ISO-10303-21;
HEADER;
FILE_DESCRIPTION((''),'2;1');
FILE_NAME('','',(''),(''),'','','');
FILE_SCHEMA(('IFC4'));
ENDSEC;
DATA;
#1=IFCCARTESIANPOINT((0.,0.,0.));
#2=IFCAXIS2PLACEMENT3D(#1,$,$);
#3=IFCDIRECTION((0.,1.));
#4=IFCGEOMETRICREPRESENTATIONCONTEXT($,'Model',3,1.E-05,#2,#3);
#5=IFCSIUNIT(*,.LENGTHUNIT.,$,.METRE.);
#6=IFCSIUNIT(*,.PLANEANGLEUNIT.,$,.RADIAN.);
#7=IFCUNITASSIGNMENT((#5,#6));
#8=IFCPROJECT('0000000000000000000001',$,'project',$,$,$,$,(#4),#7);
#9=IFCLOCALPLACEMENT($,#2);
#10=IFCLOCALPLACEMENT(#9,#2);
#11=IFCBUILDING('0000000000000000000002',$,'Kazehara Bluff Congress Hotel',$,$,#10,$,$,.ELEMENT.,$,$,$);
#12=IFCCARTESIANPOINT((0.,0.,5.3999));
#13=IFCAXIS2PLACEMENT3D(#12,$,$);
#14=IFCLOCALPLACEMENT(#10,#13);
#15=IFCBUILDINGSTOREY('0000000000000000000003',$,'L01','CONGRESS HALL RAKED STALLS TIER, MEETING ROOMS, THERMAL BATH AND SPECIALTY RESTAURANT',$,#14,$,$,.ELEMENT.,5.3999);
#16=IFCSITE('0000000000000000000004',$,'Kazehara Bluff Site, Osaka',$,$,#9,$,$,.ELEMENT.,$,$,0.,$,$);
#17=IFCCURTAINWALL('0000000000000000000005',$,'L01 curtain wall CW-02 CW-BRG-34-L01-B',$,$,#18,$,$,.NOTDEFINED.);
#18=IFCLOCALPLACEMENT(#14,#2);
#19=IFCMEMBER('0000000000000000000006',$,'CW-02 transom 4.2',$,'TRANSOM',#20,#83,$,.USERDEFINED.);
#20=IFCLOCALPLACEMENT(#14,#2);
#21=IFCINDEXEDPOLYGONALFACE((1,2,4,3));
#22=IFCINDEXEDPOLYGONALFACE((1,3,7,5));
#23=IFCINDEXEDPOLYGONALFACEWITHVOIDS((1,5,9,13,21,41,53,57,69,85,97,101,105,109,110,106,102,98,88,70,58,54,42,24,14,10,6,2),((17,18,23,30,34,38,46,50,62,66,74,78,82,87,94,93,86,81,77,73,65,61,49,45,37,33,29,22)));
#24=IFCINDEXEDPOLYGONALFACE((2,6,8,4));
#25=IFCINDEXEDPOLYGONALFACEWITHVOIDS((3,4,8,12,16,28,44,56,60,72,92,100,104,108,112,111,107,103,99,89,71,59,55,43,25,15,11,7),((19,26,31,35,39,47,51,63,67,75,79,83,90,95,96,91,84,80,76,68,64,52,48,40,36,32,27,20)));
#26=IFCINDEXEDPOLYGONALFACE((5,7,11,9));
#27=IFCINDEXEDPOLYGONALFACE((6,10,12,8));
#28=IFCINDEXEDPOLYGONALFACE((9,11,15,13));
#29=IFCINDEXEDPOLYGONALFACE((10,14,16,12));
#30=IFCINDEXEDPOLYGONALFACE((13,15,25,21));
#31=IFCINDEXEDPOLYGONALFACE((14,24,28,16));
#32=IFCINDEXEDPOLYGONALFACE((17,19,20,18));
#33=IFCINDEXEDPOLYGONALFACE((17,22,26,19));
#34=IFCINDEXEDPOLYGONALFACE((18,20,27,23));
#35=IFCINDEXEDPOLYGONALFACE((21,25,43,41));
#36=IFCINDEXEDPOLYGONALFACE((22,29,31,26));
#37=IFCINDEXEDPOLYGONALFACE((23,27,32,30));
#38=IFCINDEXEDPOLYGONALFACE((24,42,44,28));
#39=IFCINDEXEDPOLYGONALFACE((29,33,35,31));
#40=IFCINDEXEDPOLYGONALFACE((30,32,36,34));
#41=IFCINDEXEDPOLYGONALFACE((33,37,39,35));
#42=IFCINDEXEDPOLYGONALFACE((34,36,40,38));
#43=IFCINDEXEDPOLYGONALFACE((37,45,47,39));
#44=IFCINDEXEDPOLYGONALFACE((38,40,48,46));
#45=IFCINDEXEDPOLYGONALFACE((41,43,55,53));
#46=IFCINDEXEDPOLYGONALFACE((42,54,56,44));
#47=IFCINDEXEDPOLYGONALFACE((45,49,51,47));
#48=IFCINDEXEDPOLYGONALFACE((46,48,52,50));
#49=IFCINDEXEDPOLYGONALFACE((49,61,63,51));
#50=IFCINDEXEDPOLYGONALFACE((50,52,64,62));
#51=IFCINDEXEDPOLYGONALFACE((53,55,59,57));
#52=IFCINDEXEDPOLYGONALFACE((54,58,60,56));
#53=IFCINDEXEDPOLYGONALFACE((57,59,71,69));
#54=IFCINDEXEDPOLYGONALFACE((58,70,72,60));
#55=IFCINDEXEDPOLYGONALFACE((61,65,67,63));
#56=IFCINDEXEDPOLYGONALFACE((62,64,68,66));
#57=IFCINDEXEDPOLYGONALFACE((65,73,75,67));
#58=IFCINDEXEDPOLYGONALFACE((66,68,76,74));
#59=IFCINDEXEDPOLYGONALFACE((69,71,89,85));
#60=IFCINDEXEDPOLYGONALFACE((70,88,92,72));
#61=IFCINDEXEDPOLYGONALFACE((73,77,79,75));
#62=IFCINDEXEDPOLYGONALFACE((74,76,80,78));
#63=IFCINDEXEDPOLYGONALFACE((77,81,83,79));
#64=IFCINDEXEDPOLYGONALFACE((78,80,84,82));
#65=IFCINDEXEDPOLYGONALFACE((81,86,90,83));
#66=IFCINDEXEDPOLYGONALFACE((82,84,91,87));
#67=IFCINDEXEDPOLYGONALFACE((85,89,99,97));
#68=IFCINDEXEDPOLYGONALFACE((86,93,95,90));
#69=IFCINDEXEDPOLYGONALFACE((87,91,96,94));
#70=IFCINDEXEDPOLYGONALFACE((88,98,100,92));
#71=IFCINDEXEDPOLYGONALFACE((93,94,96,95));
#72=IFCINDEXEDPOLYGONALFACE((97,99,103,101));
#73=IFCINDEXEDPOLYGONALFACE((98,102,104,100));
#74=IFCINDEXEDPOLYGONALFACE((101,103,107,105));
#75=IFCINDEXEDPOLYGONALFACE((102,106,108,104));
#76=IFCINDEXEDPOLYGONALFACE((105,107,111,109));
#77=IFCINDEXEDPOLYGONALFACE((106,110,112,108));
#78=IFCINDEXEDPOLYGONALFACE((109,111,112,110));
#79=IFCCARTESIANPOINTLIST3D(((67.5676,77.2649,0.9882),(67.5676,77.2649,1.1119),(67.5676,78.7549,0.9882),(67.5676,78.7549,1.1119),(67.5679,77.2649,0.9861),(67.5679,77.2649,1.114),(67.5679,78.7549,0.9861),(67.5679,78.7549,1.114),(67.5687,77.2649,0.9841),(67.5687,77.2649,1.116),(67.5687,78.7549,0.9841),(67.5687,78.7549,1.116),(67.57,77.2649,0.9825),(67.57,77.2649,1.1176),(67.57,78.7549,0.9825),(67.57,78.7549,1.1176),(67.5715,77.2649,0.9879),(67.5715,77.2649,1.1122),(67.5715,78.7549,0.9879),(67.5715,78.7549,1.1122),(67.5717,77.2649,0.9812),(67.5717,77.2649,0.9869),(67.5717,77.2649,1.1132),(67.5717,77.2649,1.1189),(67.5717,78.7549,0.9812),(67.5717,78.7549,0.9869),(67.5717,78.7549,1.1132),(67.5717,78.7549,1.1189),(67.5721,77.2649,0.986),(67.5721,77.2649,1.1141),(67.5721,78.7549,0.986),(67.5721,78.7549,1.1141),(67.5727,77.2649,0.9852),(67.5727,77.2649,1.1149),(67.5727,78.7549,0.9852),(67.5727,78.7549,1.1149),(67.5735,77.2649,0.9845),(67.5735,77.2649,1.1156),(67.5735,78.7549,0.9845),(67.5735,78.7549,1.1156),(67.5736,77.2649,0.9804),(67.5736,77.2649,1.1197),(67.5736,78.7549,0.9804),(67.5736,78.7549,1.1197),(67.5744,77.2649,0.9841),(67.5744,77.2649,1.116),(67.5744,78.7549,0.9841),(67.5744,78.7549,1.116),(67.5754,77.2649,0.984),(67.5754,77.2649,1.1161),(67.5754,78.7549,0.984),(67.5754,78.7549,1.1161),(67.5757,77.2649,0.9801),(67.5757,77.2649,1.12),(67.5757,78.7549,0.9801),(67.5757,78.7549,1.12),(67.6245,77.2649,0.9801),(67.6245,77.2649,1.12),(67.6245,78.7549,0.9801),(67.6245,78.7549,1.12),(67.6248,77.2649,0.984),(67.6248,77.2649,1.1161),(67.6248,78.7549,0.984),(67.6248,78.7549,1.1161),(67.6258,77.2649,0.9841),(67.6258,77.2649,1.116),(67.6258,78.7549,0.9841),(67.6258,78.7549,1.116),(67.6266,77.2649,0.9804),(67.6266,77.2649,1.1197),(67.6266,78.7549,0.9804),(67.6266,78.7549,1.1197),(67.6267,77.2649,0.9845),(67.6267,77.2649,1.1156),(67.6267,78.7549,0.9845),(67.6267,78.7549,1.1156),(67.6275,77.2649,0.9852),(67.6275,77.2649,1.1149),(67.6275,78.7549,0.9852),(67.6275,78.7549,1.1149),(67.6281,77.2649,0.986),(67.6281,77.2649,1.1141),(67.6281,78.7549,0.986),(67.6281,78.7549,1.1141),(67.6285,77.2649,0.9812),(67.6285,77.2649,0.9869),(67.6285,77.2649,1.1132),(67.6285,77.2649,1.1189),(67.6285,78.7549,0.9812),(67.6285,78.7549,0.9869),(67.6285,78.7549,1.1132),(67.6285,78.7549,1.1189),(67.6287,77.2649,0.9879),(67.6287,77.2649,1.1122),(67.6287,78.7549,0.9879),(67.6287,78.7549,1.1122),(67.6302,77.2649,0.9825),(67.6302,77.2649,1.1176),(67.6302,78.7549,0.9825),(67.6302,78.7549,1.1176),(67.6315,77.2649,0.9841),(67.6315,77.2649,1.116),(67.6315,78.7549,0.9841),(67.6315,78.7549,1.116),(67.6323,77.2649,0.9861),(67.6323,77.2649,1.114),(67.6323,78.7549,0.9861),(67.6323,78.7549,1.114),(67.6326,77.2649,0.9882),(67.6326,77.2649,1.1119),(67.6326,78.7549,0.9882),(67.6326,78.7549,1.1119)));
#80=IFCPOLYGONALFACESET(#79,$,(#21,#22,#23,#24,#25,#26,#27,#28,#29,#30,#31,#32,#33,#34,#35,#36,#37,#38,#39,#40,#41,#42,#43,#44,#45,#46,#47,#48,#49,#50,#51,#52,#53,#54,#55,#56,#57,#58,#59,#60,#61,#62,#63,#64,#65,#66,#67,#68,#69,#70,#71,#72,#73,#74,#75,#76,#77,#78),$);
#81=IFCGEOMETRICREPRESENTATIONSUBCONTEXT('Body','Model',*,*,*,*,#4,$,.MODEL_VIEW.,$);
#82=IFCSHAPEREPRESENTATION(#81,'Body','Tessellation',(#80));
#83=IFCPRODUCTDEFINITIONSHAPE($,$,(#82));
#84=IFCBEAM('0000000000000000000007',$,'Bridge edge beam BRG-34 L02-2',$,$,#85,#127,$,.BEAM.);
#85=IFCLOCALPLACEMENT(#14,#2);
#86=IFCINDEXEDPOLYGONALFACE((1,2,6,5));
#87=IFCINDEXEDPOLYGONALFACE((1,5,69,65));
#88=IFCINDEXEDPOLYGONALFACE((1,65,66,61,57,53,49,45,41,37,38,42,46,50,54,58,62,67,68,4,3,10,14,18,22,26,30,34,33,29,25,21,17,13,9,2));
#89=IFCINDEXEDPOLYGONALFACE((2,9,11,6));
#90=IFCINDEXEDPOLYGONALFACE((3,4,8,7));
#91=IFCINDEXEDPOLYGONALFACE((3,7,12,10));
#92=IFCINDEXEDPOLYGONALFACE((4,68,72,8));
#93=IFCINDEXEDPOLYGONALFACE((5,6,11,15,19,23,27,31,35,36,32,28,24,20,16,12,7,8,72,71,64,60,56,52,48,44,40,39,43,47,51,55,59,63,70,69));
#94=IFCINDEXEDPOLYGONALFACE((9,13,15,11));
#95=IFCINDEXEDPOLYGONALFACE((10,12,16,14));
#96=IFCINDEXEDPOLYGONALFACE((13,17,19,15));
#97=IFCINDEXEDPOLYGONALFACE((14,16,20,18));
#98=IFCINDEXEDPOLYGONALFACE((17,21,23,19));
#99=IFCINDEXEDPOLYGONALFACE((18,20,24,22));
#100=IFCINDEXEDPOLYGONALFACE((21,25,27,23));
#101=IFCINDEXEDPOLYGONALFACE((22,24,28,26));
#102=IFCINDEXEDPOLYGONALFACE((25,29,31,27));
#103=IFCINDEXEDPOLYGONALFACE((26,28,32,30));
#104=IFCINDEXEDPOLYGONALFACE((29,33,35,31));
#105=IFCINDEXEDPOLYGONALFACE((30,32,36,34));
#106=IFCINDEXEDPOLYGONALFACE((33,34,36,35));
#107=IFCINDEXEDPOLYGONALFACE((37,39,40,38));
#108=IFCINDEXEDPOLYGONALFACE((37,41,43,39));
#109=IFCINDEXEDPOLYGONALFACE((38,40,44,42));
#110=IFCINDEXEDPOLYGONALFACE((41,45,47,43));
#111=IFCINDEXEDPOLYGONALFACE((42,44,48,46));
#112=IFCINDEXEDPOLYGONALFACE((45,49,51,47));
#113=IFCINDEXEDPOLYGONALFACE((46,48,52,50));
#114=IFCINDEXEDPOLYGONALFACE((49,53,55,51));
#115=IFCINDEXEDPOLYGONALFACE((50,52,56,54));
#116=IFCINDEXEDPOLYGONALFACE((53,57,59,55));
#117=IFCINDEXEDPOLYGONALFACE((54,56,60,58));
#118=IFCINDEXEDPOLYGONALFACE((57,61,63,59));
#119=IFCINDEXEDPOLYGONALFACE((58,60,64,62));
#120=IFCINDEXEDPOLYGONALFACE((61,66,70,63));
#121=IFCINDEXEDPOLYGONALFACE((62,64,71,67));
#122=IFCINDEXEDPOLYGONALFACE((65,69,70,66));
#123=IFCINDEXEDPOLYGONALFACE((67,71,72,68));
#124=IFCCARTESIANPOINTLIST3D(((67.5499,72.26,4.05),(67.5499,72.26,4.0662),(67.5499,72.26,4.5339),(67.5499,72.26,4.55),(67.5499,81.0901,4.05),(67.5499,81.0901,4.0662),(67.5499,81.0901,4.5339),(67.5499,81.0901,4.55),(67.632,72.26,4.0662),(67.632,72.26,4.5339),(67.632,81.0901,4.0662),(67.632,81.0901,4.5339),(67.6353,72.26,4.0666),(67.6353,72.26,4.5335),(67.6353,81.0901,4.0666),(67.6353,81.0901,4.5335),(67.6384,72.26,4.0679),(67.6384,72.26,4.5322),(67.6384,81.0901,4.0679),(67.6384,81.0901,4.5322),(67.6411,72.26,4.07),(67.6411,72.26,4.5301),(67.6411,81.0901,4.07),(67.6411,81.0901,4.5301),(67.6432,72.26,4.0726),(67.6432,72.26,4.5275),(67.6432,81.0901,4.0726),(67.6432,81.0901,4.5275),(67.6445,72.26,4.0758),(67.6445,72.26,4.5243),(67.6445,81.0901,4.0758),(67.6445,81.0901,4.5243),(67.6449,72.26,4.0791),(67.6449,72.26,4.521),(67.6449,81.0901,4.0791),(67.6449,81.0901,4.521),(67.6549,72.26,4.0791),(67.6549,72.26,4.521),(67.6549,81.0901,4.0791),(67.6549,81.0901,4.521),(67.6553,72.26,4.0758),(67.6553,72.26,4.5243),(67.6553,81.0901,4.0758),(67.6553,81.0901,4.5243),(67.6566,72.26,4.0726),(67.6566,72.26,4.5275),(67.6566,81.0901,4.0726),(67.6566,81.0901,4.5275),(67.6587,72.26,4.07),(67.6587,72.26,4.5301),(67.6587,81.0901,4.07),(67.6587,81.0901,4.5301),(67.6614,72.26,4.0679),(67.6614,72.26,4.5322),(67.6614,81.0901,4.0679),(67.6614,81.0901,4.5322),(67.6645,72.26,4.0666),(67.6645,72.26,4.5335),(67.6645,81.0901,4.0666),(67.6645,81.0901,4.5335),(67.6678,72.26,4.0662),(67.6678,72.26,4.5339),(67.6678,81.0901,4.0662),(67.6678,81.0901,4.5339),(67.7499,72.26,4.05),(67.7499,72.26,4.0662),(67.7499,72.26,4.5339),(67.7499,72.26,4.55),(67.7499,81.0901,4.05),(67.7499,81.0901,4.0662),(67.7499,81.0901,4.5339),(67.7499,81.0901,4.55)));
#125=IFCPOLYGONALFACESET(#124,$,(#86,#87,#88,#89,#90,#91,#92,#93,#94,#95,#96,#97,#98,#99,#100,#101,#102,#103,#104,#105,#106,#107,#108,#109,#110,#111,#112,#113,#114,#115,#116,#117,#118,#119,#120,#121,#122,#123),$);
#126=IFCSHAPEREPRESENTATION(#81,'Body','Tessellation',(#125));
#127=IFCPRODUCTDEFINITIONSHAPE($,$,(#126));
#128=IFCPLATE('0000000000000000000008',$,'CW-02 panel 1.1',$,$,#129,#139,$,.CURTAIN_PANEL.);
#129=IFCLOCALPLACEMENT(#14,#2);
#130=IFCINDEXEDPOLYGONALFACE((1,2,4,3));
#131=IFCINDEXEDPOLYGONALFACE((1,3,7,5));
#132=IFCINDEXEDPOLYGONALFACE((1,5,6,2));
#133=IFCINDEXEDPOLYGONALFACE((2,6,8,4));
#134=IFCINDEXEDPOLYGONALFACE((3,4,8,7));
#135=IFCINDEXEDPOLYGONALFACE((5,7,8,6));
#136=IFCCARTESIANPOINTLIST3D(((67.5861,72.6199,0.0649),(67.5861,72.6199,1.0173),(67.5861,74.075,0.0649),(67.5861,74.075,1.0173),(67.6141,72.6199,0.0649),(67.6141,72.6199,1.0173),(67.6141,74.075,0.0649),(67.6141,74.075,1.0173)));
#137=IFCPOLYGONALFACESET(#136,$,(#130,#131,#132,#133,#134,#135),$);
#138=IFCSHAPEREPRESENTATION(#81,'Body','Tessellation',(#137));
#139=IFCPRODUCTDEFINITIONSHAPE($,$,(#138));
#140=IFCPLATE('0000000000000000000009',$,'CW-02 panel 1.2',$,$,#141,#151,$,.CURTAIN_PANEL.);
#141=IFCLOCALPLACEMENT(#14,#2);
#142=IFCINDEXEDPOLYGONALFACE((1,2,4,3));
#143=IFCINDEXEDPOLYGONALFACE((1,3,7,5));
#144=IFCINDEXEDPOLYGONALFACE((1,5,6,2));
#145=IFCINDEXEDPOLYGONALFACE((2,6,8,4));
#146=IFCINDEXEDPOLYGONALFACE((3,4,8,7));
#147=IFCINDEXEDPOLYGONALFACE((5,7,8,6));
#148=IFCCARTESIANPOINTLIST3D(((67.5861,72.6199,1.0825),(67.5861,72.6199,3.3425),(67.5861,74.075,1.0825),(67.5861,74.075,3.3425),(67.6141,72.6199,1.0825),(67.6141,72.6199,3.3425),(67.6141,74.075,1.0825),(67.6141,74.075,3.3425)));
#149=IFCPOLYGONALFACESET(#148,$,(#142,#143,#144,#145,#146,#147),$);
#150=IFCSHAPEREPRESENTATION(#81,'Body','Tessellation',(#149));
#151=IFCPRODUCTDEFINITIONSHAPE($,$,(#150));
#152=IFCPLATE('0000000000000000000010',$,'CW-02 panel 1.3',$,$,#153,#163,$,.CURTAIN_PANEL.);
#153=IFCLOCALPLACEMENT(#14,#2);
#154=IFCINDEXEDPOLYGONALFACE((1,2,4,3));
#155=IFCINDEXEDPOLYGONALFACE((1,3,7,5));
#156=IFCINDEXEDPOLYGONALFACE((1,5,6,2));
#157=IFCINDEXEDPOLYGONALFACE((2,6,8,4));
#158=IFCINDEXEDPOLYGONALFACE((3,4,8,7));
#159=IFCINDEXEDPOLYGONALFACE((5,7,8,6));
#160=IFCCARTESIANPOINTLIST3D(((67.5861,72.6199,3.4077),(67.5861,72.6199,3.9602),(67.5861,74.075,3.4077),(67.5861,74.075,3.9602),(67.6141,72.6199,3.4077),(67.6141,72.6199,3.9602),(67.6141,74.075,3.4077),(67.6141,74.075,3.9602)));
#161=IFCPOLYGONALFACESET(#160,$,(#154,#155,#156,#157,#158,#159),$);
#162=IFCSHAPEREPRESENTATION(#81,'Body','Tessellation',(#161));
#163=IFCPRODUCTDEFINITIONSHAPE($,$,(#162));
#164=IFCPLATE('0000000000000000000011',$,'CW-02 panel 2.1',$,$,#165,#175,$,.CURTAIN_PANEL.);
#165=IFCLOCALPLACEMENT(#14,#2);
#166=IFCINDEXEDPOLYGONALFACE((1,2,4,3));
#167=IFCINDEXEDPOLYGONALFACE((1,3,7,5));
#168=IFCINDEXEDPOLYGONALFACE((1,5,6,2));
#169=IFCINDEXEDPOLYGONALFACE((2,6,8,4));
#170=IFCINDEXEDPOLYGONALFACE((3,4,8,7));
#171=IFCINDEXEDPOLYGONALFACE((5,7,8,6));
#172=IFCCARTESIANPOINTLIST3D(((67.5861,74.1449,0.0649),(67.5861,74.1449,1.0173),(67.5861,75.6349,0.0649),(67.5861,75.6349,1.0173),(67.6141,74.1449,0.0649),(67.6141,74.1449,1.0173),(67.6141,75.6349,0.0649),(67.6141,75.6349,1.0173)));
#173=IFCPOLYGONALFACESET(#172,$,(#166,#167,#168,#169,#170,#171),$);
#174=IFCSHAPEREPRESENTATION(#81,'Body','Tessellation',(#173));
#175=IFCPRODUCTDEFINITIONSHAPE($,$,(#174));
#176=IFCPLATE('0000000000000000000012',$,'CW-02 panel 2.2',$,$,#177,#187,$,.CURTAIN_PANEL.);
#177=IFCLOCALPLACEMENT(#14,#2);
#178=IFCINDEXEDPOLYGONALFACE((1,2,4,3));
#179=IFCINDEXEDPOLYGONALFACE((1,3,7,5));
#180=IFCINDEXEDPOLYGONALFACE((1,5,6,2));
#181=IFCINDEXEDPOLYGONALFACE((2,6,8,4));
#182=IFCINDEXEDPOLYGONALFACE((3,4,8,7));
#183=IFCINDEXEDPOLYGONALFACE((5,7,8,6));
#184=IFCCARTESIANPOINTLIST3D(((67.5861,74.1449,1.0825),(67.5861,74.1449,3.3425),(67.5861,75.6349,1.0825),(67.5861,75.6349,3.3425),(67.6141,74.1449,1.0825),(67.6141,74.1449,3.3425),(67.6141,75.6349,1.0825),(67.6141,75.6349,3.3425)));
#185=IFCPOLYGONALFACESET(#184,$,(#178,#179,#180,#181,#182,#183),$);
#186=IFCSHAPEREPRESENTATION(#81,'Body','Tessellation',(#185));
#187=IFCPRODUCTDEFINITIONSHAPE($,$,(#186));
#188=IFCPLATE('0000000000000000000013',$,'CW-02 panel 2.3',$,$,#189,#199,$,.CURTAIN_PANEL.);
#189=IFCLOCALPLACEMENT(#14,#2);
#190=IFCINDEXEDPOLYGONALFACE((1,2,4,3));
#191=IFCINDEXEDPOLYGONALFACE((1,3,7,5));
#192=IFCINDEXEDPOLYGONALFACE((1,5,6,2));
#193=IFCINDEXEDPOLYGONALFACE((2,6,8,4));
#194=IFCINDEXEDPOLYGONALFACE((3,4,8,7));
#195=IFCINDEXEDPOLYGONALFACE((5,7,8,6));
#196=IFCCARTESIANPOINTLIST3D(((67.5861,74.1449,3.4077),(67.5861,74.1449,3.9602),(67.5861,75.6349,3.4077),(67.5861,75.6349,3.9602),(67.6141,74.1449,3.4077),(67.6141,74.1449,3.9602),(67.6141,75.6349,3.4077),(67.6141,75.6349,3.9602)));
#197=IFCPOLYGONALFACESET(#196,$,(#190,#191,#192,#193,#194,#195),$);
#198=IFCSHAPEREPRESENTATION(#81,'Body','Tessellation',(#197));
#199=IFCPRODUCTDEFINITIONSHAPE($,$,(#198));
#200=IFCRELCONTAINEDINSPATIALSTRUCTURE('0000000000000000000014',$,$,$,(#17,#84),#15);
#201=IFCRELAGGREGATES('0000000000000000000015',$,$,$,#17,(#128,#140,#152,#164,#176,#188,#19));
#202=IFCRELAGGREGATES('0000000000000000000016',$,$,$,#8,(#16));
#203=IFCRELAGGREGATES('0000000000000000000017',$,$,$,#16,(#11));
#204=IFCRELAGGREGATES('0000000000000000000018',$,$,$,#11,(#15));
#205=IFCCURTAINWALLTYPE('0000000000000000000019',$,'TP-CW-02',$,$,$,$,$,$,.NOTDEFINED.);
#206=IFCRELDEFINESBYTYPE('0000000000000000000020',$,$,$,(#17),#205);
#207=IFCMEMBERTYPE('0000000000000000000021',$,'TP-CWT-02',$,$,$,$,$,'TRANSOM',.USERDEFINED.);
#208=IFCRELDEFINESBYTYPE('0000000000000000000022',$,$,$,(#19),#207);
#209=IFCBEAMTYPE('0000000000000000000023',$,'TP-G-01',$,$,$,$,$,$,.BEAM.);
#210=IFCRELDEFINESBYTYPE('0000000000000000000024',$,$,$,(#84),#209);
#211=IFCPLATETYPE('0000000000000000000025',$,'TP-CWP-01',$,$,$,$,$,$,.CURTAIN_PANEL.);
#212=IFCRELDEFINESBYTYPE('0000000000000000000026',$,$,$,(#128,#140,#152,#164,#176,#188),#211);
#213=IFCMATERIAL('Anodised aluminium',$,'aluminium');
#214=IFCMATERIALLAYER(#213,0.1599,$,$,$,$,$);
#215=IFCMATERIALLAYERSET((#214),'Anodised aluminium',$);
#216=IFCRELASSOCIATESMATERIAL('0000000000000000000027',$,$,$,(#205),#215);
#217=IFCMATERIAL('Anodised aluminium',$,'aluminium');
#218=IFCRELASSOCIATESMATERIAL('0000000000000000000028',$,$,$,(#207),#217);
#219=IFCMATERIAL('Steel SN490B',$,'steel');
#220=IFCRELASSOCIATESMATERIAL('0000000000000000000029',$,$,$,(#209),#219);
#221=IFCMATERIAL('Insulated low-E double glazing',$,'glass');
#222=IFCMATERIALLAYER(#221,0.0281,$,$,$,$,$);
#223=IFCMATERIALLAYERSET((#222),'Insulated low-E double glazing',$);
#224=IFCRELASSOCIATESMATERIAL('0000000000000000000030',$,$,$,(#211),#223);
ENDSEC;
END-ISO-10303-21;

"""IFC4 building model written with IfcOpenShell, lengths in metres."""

from ifc_helpers import new_model, si_unit, direction, frame, origin, origin_2d, place, context, subcontext, project, spatial, rectangle, hollow_rectangle, i_section, extrude, material, layer, layer_set, material_profile, profile_set, type_object, element, aggregate, save


model = new_model("IFC4")

# Units and contexts
model_context = context("Model", 3, precision=1e-05, world=origin(), true_north=direction((0.0, 1.0)))
body_context = subcontext(model_context, "Body", "Model", "MODEL_VIEW")
ifc_project = project(units=[si_unit("LENGTHUNIT", "METRE"), si_unit("PLANEANGLEUNIT", "RADIAN")], contexts=[model_context])

# Site, building, storey
site_placement = place(None, origin())
site = spatial("IfcSite", under=ifc_project, at=site_placement, Name="Kazehara Bluff Site, Osaka", CompositionType="ELEMENT", RefElevation=0.0)
building_placement = place(site_placement, origin())
building = spatial("IfcBuilding", under=site, at=building_placement, Name="Kazehara Bluff Congress Hotel", CompositionType="ELEMENT")
storey_placement = place(building_placement, frame((0.0, 0.0, 5.3999)))
storey = spatial("IfcBuildingStorey", under=building, at=storey_placement, Name="L01", Description="CONGRESS HALL RAKED STALLS TIER, MEETING ROOMS, THERMAL BATH AND SPECIALTY RESTAURANT", CompositionType="ELEMENT", Elevation=5.3999)

# Curtain wall
ifc_material_1 = material(Name="Anodised aluminium", Category="aluminium")
ifc_layer_1 = layer(ifc_material_1, 0.1599)
ifc_layer_set_1 = layer_set([ifc_layer_1], Name="Anodised aluminium")
curtain_wall_type = type_object("IfcCurtainWallType", Name="TP-CW-02", PredefinedType="NOTDEFINED", material=ifc_layer_set_1)
curtain_wall_1_placement = place(storey_placement, origin())
curtain_wall_1 = element("IfcCurtainWall", 1, at=curtain_wall_1_placement, inside=storey, type_object=curtain_wall_type, Name="L01 curtain wall CW-02 CW-BRG-34-L01-B", PredefinedType="NOTDEFINED")

# Shared definitions
ifc_material_2 = material(Name="Anodised aluminium", Category="aluminium")
ifc_material_profile_1 = material_profile(ifc_material_2, hollow_rectangle(XDim=0.0649, YDim=0.1399, WallThickness=0.0039, InnerFilletRadius=0.0039, OuterFilletRadius=0.0081, at=origin_2d()))
ifc_profile_set_1 = profile_set([ifc_material_profile_1], Name="Anodised aluminium")
member_type_1 = type_object("IfcMemberType", Name="TP-CWT-02", ElementType="TRANSOM", PredefinedType="USERDEFINED", material=ifc_profile_set_1)

# Member
member_1_placement = place(storey_placement, frame((67.6001, 77.2649, 1.05), z_axis=(0.0, 1.0, 0.0), x_axis=(-1.0, 0.0, 0.0)))
member_1 = element("IfcMember", 2, at=member_1_placement, type_object=member_type_1, Name="CW-02 transom 4.2", ObjectType="TRANSOM", PredefinedType="USERDEFINED", context=body_context, shape_type="SweptSolid", body=[
    extrude(hollow_rectangle(XDim=0.0649, YDim=0.1399, WallThickness=0.0039, InnerFilletRadius=0.0039, OuterFilletRadius=0.0081, at=origin_2d()), origin(), (0.0, 0.0, 1.0), 1.49),
])

# Beam
ifc_material_3 = material(Name="Steel SN490B", Category="steel")
ifc_material_profile_2 = material_profile(ifc_material_3, i_section(OverallWidth=0.2, OverallDepth=0.5, WebThickness=0.01, FlangeThickness=0.0161, FilletRadius=0.0129, at=origin_2d()))
ifc_profile_set_2 = profile_set([ifc_material_profile_2], Name="Steel SN490B")
beam_type = type_object("IfcBeamType", Name="TP-G-01", PredefinedType="BEAM", material=ifc_profile_set_2)
beam_placement = place(storey_placement, frame((67.6499, 72.26, 4.3), z_axis=(0.0, 1.0, 0.0), x_axis=(-1.0, 0.0, 0.0)))
element("IfcBeam", 3, at=beam_placement, inside=storey, type_object=beam_type, Name="Bridge edge beam BRG-34 L02-2", PredefinedType="BEAM", context=body_context, shape_type="SweptSolid", body=[
    extrude(i_section(OverallWidth=0.2, OverallDepth=0.5, WebThickness=0.01, FlangeThickness=0.0161, FilletRadius=0.0129, at=origin_2d()), origin(), (0.0, 0.0, 1.0), 8.8301),
])

# Plates
ifc_material_4 = material(Name="Insulated low-E double glazing", Category="glass")
ifc_layer_2 = layer(ifc_material_4, 0.0281)
ifc_layer_set_2 = layer_set([ifc_layer_2], Name="Insulated low-E double glazing")
plate_type = type_object("IfcPlateType", Name="TP-CWP-01", PredefinedType="CURTAIN_PANEL", material=ifc_layer_set_2)
plate_1_placement = place(storey_placement, frame((67.6001, 73.3474, 0.0649), z_axis=(0.0, 0.0, 1.0), x_axis=(0.0, 1.0, 0.0)))
plate_1 = element("IfcPlate", 4, at=plate_1_placement, type_object=plate_type, Name="CW-02 panel 1.1", PredefinedType="CURTAIN_PANEL", context=body_context, shape_type="SweptSolid", body=[
    extrude(rectangle(XDim=1.4551, YDim=0.0281, at=origin_2d()), origin(), (0.0, 0.0, 1.0), 0.9524),
])
plate_2_placement = place(storey_placement, frame((67.6001, 73.3474, 1.0825), z_axis=(0.0, 0.0, 1.0), x_axis=(0.0, 1.0, 0.0)))
plate_2 = element("IfcPlate", 5, at=plate_2_placement, type_object=plate_type, Name="CW-02 panel 1.2", PredefinedType="CURTAIN_PANEL", context=body_context, shape_type="SweptSolid", body=[
    extrude(rectangle(XDim=1.4551, YDim=0.0281, at=origin_2d()), origin(), (0.0, 0.0, 1.0), 2.26),
])
plate_3_placement = place(storey_placement, frame((67.6001, 73.3474, 3.4077), z_axis=(0.0, 0.0, 1.0), x_axis=(0.0, 1.0, 0.0)))
plate_3 = element("IfcPlate", 6, at=plate_3_placement, type_object=plate_type, Name="CW-02 panel 1.3", PredefinedType="CURTAIN_PANEL", context=body_context, shape_type="SweptSolid", body=[
    extrude(rectangle(XDim=1.4551, YDim=0.0281, at=origin_2d()), origin(), (0.0, 0.0, 1.0), 0.5525),
])
plate_4_placement = place(storey_placement, frame((67.6001, 74.8899, 0.0649), z_axis=(0.0, 0.0, 1.0), x_axis=(0.0, 1.0, 0.0)))
plate_4 = element("IfcPlate", 7, at=plate_4_placement, type_object=plate_type, Name="CW-02 panel 2.1", PredefinedType="CURTAIN_PANEL", context=body_context, shape_type="SweptSolid", body=[
    extrude(rectangle(XDim=1.49, YDim=0.0281, at=origin_2d()), origin(), (0.0, 0.0, 1.0), 0.9524),
])
plate_5_placement = place(storey_placement, frame((67.6001, 74.8899, 1.0825), z_axis=(0.0, 0.0, 1.0), x_axis=(0.0, 1.0, 0.0)))
plate_5 = element("IfcPlate", 8, at=plate_5_placement, type_object=plate_type, Name="CW-02 panel 2.2", PredefinedType="CURTAIN_PANEL", context=body_context, shape_type="SweptSolid", body=[
    extrude(rectangle(XDim=1.49, YDim=0.0281, at=origin_2d()), origin(), (0.0, 0.0, 1.0), 2.26),
])
plate_6_placement = place(storey_placement, frame((67.6001, 74.8899, 3.4077), z_axis=(0.0, 0.0, 1.0), x_axis=(0.0, 1.0, 0.0)))
plate_6 = element("IfcPlate", 9, at=plate_6_placement, type_object=plate_type, Name="CW-02 panel 2.3", PredefinedType="CURTAIN_PANEL", context=body_context, shape_type="SweptSolid", body=[
    extrude(rectangle(XDim=1.49, YDim=0.0281, at=origin_2d()), origin(), (0.0, 0.0, 1.0), 0.5525),
])
aggregate(curtain_wall_1, [plate_1, plate_2, plate_3, plate_4, plate_5, plate_6, member_1])

save(model, "model.ifc")
